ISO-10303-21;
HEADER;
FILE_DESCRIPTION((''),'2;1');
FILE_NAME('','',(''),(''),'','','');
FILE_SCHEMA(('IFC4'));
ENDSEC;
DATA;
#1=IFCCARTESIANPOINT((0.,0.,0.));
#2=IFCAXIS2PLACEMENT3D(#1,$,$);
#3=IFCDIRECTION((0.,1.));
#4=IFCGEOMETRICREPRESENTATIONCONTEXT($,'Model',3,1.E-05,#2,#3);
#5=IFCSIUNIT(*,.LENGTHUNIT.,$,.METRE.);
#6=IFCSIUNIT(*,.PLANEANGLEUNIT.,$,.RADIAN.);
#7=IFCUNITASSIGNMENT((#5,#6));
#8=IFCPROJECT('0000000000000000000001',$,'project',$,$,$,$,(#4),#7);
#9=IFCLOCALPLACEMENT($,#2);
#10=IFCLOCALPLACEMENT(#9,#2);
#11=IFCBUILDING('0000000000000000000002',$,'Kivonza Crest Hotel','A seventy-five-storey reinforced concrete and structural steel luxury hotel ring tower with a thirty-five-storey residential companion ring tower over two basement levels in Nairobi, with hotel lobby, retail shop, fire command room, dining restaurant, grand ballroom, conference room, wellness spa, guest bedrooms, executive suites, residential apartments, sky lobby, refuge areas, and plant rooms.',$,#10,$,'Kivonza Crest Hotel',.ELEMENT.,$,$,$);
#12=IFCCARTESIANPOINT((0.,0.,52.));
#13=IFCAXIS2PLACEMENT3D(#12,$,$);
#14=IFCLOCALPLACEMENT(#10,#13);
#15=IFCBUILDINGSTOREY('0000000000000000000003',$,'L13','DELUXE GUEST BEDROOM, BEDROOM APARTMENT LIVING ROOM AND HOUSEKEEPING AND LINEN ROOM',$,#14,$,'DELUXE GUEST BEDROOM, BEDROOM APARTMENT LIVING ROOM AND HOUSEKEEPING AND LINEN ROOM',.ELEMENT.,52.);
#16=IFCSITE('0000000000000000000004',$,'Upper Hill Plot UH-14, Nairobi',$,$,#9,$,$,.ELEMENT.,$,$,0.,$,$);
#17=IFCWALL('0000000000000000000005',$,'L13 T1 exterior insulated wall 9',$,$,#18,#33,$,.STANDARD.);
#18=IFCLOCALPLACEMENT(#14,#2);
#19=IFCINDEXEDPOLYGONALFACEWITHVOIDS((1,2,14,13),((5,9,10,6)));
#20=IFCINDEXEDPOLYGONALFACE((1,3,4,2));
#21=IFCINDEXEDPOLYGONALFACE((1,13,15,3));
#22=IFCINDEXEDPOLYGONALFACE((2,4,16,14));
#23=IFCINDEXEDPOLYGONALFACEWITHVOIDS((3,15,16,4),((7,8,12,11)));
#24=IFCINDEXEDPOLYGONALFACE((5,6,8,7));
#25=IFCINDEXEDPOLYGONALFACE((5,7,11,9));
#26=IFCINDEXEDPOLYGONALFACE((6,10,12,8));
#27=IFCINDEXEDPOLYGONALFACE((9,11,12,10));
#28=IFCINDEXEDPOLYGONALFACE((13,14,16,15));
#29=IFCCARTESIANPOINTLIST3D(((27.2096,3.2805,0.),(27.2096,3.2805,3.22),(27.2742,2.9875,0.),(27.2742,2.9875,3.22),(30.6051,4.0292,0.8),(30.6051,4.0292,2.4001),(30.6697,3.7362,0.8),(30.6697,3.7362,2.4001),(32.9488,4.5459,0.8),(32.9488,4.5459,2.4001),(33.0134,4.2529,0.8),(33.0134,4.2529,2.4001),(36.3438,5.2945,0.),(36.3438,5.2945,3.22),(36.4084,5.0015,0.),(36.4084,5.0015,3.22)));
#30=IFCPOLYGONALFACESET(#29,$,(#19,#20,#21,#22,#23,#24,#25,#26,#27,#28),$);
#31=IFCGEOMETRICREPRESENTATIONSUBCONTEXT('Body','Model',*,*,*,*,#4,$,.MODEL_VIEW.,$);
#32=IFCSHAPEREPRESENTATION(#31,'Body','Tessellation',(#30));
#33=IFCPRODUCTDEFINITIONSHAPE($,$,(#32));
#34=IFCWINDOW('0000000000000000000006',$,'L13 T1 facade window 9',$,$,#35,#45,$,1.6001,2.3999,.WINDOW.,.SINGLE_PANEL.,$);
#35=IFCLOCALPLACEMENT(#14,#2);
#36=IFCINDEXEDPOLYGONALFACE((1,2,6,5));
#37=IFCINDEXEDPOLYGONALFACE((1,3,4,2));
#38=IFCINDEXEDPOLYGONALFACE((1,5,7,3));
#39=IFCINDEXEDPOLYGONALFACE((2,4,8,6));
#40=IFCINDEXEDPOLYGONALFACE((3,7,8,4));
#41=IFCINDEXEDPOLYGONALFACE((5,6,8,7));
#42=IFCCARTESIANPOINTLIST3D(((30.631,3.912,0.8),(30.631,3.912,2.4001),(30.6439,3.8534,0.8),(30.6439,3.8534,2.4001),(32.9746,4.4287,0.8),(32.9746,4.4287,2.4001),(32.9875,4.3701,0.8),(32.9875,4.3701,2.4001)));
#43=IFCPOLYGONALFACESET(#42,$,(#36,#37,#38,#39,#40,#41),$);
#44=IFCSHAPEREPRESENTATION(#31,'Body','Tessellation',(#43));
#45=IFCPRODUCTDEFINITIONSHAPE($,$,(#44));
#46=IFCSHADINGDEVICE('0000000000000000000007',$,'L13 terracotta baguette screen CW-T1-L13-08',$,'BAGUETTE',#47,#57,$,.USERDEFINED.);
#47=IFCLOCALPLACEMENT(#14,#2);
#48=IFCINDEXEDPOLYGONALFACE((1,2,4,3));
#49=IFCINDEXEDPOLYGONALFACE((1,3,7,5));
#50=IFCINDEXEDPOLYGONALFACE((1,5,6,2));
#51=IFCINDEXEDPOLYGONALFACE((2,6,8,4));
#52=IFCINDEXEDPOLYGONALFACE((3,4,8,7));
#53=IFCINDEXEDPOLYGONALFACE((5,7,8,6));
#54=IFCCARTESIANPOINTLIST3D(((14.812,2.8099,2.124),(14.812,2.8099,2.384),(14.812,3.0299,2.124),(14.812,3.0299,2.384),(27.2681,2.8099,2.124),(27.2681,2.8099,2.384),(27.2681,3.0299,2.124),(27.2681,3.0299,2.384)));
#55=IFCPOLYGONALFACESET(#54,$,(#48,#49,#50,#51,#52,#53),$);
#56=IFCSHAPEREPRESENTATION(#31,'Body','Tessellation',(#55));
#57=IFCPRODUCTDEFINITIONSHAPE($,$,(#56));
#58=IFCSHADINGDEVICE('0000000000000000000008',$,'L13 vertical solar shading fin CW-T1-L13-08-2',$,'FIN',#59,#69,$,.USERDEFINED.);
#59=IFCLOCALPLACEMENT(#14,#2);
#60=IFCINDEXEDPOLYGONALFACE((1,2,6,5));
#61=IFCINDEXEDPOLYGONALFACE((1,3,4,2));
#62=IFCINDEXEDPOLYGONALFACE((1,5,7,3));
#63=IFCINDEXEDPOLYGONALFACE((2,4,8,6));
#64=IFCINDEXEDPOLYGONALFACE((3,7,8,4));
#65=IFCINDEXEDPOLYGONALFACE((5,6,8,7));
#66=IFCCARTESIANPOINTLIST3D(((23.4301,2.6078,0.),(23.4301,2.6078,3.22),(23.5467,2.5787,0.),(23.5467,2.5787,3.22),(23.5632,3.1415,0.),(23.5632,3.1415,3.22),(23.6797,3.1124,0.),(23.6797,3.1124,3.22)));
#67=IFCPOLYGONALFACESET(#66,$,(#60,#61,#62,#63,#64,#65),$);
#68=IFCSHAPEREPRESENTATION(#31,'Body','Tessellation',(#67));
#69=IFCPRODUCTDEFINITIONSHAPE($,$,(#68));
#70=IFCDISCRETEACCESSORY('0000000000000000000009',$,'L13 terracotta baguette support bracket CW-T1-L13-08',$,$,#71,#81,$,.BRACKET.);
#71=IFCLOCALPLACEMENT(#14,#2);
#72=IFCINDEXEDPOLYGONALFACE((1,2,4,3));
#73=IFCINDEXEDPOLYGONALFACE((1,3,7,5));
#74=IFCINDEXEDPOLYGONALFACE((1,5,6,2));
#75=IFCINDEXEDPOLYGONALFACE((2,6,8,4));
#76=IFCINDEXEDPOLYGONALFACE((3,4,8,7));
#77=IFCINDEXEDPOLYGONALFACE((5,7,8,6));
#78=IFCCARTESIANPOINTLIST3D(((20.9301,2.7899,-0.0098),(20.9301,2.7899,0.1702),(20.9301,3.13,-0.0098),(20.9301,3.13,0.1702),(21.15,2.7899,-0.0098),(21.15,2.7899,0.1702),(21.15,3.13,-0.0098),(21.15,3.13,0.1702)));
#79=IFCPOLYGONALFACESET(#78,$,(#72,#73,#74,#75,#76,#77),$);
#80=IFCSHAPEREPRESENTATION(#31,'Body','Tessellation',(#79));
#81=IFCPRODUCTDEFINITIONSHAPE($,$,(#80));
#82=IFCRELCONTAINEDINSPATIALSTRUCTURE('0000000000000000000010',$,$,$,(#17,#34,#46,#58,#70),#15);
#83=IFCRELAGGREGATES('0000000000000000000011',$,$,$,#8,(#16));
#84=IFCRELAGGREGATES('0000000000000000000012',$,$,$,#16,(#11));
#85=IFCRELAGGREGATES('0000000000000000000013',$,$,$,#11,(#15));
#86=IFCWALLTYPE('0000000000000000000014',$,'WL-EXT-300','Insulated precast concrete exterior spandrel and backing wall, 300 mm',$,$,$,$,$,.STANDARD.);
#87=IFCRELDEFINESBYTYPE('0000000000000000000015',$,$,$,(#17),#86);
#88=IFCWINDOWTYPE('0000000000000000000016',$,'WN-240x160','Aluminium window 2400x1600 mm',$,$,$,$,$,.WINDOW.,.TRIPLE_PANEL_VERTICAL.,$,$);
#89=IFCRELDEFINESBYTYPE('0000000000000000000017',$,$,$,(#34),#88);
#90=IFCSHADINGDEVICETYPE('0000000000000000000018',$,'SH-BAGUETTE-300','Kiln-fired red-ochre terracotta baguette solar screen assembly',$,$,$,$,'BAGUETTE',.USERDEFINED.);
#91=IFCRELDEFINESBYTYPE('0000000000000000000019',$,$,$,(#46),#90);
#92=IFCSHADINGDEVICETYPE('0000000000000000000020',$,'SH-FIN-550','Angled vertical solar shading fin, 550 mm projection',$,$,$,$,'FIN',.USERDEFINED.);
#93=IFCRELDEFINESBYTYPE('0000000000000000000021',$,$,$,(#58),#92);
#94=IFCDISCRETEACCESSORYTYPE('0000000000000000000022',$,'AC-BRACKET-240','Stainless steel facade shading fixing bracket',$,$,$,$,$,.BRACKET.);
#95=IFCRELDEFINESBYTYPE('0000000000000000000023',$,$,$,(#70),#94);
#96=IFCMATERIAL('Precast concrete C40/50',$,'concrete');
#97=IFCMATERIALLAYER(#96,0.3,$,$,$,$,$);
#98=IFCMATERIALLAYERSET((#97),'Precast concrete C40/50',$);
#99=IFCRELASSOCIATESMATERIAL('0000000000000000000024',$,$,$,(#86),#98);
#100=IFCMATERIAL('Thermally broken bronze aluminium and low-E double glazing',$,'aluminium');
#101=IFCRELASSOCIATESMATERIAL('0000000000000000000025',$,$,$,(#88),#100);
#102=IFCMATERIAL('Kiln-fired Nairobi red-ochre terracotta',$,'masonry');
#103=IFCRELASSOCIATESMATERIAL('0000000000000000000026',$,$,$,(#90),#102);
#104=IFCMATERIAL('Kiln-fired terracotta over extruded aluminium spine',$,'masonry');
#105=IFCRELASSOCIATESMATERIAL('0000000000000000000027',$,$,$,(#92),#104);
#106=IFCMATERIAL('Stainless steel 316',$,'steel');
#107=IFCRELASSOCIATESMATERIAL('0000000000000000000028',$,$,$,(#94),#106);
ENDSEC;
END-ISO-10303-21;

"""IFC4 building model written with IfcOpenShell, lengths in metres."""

from ifc_helpers import new_model, si_unit, direction, frame, frame_2d, origin, origin_2d, place, context, subcontext, project, spatial, rectangle, extrude, material, layer, layer_set, type_object, element, fill, save


model = new_model("IFC4")

# Units and contexts
model_context = context("Model", 3, precision=1e-05, world=origin(), true_north=direction((0.0, 1.0)))
body_context = subcontext(model_context, "Body", "Model", "MODEL_VIEW")
ifc_project = project(units=[si_unit("LENGTHUNIT", "METRE"), si_unit("PLANEANGLEUNIT", "RADIAN")], contexts=[model_context])

# Site, building, storey
site_placement = place(None, origin())
site = spatial("IfcSite", under=ifc_project, at=site_placement, Name="Upper Hill Plot UH-14, Nairobi", CompositionType="ELEMENT", RefElevation=0.0)
building_placement = place(site_placement, origin())
building = spatial("IfcBuilding", under=site, at=building_placement, Name="Kivonza Crest Hotel", Description="A seventy-five-storey reinforced concrete and structural steel luxury hotel ring tower with a thirty-five-storey residential companion ring tower over two basement levels in Nairobi, with hotel lobby, retail shop, fire command room, dining restaurant, grand ballroom, conference room, wellness spa, guest bedrooms, executive suites, residential apartments, sky lobby, refuge areas, and plant rooms.", LongName="Kivonza Crest Hotel", CompositionType="ELEMENT")
storey_placement = place(building_placement, frame((0.0, 0.0, 52.0)))
storey = spatial("IfcBuildingStorey", under=building, at=storey_placement, Name="L13", Description="DELUXE GUEST BEDROOM, BEDROOM APARTMENT LIVING ROOM AND HOUSEKEEPING AND LINEN ROOM", LongName="DELUXE GUEST BEDROOM, BEDROOM APARTMENT LIVING ROOM AND HOUSEKEEPING AND LINEN ROOM", CompositionType="ELEMENT", Elevation=52.0)

# Wall, opening, window
ifc_material_1 = material(Name="Precast concrete C40/50", Category="concrete")
ifc_layer_1 = layer(ifc_material_1, 0.3)
ifc_layer_set_1 = layer_set([ifc_layer_1], Name="Precast concrete C40/50")
wall_type_1 = type_object("IfcWallType", Name="WL-EXT-300", Description="Insulated precast concrete exterior spandrel and backing wall, 300 mm", PredefinedType="STANDARD", material=ifc_layer_set_1)
wall_1_placement = place(storey_placement, frame((27.2419, 3.134, 0.0), z_axis=(0.0, 0.0, 1.0), x_axis=(0.976545, 0.215313, 0.0)))
wall_1 = element("IfcWall", 1, at=wall_1_placement, inside=storey, type_object=wall_type_1, Name="L13 T1 exterior insulated wall 9", PredefinedType="STANDARD", context=body_context, shape_type="SweptSolid", body=[
    extrude(rectangle(XDim=9.3535, YDim=0.3, at=frame_2d((4.6768, 0.0))), origin(), (0.0, 0.0, 1.0), 3.22),
])
opening_placement = place(wall_1_placement, frame((3.4771, 0.0, 0.8)))
opening = element("IfcOpeningElement", 2, at=opening_placement, cuts=wall_1, PredefinedType="OPENING", context=body_context, shape_type="SweptSolid", body=[
    extrude(rectangle(XDim=2.3999, YDim=1.6001, at=frame_2d((1.2, 0.8))), frame((0.0, 0.1602, 0.0), z_axis=(0.0, -1.0, 0.0), x_axis=(1.0, 0.0, 0.0)), (0.0, 0.0, 1.0), 0.3201),
])
ifc_material_2 = material(Name="Thermally broken bronze aluminium and low-E double glazing", Category="aluminium")
window_type = type_object("IfcWindowType", Name="WN-240x160", Description="Aluminium window 2400x1600 mm", PartitioningType="TRIPLE_PANEL_VERTICAL", PredefinedType="WINDOW", material=ifc_material_2)
window_placement = place(opening_placement, origin())
window = element("IfcWindow", 3, at=window_placement, inside=storey, type_object=window_type, Name="L13 T1 facade window 9", OverallHeight=1.6001, OverallWidth=2.3999, PartitioningType="SINGLE_PANEL", PredefinedType="WINDOW", context=body_context, shape_type="SweptSolid", body=[
    extrude(rectangle(XDim=2.3999, YDim=1.6001, at=frame_2d((1.2, 0.8))), frame((0.0, 0.03, 0.0), z_axis=(0.0, -1.0, 0.0), x_axis=(1.0, 0.0, 0.0)), (0.0, 0.0, 1.0), 0.0601),
])
fill(opening, window)

# Shading devices
ifc_material_3 = material(Name="Kiln-fired Nairobi red-ochre terracotta", Category="masonry")
shading_device_type_1 = type_object("IfcShadingDeviceType", Name="SH-BAGUETTE-300", Description="Kiln-fired red-ochre terracotta baguette solar screen assembly", ElementType="BAGUETTE", PredefinedType="USERDEFINED", material=ifc_material_3)
shading_device_1_placement = place(storey_placement, frame((21.04, 2.9199, 2.124), z_axis=(0.0, 0.0, 1.0), x_axis=(1.0, 0.0, 0.0)))
element("IfcShadingDevice", 4, at=shading_device_1_placement, inside=storey, type_object=shading_device_type_1, Name="L13 terracotta baguette screen CW-T1-L13-08", ObjectType="BAGUETTE", PredefinedType="USERDEFINED", context=body_context, shape_type="SweptSolid", body=[
    extrude(rectangle(XDim=12.4561, YDim=0.22, at=origin_2d()), origin(), (0.0, 0.0, 1.0), 0.26),
])
ifc_material_4 = material(Name="Kiln-fired terracotta over extruded aluminium spine", Category="masonry")
shading_device_type_2 = type_object("IfcShadingDeviceType", Name="SH-FIN-550", Description="Angled vertical solar shading fin, 550 mm projection", ElementType="FIN", PredefinedType="USERDEFINED", material=ifc_material_4)
shading_device_2_placement = place(storey_placement, frame((23.5549, 2.8601, 0.0), z_axis=(0.0, 0.0, 1.0), x_axis=(0.970296, -0.241922, 0.0)))
element("IfcShadingDevice", 5, at=shading_device_2_placement, inside=storey, type_object=shading_device_type_2, Name="L13 vertical solar shading fin CW-T1-L13-08-2", ObjectType="FIN", PredefinedType="USERDEFINED", context=body_context, shape_type="SweptSolid", body=[
    extrude(rectangle(XDim=0.1201, YDim=0.55, at=origin_2d()), origin(), (0.0, 0.0, 1.0), 3.22),
])

# Discrete accessory
ifc_material_5 = material(Name="Stainless steel 316", Category="steel")
discrete_accessory_type = type_object("IfcDiscreteAccessoryType", Name="AC-BRACKET-240", Description="Stainless steel facade shading fixing bracket", PredefinedType="BRACKET", material=ifc_material_5)
discrete_accessory_placement = place(storey_placement, frame((21.04, 2.96, -0.0098), z_axis=(0.0, 0.0, 1.0), x_axis=(1.0, 0.0, 0.0)))
element("IfcDiscreteAccessory", 6, at=discrete_accessory_placement, inside=storey, type_object=discrete_accessory_type, Name="L13 terracotta baguette support bracket CW-T1-L13-08", PredefinedType="BRACKET", context=body_context, shape_type="SweptSolid", body=[
    extrude(rectangle(XDim=0.22, YDim=0.3401, at=origin_2d()), origin(), (0.0, 0.0, 1.0), 0.1799),
])

save(model, "model.ifc")
